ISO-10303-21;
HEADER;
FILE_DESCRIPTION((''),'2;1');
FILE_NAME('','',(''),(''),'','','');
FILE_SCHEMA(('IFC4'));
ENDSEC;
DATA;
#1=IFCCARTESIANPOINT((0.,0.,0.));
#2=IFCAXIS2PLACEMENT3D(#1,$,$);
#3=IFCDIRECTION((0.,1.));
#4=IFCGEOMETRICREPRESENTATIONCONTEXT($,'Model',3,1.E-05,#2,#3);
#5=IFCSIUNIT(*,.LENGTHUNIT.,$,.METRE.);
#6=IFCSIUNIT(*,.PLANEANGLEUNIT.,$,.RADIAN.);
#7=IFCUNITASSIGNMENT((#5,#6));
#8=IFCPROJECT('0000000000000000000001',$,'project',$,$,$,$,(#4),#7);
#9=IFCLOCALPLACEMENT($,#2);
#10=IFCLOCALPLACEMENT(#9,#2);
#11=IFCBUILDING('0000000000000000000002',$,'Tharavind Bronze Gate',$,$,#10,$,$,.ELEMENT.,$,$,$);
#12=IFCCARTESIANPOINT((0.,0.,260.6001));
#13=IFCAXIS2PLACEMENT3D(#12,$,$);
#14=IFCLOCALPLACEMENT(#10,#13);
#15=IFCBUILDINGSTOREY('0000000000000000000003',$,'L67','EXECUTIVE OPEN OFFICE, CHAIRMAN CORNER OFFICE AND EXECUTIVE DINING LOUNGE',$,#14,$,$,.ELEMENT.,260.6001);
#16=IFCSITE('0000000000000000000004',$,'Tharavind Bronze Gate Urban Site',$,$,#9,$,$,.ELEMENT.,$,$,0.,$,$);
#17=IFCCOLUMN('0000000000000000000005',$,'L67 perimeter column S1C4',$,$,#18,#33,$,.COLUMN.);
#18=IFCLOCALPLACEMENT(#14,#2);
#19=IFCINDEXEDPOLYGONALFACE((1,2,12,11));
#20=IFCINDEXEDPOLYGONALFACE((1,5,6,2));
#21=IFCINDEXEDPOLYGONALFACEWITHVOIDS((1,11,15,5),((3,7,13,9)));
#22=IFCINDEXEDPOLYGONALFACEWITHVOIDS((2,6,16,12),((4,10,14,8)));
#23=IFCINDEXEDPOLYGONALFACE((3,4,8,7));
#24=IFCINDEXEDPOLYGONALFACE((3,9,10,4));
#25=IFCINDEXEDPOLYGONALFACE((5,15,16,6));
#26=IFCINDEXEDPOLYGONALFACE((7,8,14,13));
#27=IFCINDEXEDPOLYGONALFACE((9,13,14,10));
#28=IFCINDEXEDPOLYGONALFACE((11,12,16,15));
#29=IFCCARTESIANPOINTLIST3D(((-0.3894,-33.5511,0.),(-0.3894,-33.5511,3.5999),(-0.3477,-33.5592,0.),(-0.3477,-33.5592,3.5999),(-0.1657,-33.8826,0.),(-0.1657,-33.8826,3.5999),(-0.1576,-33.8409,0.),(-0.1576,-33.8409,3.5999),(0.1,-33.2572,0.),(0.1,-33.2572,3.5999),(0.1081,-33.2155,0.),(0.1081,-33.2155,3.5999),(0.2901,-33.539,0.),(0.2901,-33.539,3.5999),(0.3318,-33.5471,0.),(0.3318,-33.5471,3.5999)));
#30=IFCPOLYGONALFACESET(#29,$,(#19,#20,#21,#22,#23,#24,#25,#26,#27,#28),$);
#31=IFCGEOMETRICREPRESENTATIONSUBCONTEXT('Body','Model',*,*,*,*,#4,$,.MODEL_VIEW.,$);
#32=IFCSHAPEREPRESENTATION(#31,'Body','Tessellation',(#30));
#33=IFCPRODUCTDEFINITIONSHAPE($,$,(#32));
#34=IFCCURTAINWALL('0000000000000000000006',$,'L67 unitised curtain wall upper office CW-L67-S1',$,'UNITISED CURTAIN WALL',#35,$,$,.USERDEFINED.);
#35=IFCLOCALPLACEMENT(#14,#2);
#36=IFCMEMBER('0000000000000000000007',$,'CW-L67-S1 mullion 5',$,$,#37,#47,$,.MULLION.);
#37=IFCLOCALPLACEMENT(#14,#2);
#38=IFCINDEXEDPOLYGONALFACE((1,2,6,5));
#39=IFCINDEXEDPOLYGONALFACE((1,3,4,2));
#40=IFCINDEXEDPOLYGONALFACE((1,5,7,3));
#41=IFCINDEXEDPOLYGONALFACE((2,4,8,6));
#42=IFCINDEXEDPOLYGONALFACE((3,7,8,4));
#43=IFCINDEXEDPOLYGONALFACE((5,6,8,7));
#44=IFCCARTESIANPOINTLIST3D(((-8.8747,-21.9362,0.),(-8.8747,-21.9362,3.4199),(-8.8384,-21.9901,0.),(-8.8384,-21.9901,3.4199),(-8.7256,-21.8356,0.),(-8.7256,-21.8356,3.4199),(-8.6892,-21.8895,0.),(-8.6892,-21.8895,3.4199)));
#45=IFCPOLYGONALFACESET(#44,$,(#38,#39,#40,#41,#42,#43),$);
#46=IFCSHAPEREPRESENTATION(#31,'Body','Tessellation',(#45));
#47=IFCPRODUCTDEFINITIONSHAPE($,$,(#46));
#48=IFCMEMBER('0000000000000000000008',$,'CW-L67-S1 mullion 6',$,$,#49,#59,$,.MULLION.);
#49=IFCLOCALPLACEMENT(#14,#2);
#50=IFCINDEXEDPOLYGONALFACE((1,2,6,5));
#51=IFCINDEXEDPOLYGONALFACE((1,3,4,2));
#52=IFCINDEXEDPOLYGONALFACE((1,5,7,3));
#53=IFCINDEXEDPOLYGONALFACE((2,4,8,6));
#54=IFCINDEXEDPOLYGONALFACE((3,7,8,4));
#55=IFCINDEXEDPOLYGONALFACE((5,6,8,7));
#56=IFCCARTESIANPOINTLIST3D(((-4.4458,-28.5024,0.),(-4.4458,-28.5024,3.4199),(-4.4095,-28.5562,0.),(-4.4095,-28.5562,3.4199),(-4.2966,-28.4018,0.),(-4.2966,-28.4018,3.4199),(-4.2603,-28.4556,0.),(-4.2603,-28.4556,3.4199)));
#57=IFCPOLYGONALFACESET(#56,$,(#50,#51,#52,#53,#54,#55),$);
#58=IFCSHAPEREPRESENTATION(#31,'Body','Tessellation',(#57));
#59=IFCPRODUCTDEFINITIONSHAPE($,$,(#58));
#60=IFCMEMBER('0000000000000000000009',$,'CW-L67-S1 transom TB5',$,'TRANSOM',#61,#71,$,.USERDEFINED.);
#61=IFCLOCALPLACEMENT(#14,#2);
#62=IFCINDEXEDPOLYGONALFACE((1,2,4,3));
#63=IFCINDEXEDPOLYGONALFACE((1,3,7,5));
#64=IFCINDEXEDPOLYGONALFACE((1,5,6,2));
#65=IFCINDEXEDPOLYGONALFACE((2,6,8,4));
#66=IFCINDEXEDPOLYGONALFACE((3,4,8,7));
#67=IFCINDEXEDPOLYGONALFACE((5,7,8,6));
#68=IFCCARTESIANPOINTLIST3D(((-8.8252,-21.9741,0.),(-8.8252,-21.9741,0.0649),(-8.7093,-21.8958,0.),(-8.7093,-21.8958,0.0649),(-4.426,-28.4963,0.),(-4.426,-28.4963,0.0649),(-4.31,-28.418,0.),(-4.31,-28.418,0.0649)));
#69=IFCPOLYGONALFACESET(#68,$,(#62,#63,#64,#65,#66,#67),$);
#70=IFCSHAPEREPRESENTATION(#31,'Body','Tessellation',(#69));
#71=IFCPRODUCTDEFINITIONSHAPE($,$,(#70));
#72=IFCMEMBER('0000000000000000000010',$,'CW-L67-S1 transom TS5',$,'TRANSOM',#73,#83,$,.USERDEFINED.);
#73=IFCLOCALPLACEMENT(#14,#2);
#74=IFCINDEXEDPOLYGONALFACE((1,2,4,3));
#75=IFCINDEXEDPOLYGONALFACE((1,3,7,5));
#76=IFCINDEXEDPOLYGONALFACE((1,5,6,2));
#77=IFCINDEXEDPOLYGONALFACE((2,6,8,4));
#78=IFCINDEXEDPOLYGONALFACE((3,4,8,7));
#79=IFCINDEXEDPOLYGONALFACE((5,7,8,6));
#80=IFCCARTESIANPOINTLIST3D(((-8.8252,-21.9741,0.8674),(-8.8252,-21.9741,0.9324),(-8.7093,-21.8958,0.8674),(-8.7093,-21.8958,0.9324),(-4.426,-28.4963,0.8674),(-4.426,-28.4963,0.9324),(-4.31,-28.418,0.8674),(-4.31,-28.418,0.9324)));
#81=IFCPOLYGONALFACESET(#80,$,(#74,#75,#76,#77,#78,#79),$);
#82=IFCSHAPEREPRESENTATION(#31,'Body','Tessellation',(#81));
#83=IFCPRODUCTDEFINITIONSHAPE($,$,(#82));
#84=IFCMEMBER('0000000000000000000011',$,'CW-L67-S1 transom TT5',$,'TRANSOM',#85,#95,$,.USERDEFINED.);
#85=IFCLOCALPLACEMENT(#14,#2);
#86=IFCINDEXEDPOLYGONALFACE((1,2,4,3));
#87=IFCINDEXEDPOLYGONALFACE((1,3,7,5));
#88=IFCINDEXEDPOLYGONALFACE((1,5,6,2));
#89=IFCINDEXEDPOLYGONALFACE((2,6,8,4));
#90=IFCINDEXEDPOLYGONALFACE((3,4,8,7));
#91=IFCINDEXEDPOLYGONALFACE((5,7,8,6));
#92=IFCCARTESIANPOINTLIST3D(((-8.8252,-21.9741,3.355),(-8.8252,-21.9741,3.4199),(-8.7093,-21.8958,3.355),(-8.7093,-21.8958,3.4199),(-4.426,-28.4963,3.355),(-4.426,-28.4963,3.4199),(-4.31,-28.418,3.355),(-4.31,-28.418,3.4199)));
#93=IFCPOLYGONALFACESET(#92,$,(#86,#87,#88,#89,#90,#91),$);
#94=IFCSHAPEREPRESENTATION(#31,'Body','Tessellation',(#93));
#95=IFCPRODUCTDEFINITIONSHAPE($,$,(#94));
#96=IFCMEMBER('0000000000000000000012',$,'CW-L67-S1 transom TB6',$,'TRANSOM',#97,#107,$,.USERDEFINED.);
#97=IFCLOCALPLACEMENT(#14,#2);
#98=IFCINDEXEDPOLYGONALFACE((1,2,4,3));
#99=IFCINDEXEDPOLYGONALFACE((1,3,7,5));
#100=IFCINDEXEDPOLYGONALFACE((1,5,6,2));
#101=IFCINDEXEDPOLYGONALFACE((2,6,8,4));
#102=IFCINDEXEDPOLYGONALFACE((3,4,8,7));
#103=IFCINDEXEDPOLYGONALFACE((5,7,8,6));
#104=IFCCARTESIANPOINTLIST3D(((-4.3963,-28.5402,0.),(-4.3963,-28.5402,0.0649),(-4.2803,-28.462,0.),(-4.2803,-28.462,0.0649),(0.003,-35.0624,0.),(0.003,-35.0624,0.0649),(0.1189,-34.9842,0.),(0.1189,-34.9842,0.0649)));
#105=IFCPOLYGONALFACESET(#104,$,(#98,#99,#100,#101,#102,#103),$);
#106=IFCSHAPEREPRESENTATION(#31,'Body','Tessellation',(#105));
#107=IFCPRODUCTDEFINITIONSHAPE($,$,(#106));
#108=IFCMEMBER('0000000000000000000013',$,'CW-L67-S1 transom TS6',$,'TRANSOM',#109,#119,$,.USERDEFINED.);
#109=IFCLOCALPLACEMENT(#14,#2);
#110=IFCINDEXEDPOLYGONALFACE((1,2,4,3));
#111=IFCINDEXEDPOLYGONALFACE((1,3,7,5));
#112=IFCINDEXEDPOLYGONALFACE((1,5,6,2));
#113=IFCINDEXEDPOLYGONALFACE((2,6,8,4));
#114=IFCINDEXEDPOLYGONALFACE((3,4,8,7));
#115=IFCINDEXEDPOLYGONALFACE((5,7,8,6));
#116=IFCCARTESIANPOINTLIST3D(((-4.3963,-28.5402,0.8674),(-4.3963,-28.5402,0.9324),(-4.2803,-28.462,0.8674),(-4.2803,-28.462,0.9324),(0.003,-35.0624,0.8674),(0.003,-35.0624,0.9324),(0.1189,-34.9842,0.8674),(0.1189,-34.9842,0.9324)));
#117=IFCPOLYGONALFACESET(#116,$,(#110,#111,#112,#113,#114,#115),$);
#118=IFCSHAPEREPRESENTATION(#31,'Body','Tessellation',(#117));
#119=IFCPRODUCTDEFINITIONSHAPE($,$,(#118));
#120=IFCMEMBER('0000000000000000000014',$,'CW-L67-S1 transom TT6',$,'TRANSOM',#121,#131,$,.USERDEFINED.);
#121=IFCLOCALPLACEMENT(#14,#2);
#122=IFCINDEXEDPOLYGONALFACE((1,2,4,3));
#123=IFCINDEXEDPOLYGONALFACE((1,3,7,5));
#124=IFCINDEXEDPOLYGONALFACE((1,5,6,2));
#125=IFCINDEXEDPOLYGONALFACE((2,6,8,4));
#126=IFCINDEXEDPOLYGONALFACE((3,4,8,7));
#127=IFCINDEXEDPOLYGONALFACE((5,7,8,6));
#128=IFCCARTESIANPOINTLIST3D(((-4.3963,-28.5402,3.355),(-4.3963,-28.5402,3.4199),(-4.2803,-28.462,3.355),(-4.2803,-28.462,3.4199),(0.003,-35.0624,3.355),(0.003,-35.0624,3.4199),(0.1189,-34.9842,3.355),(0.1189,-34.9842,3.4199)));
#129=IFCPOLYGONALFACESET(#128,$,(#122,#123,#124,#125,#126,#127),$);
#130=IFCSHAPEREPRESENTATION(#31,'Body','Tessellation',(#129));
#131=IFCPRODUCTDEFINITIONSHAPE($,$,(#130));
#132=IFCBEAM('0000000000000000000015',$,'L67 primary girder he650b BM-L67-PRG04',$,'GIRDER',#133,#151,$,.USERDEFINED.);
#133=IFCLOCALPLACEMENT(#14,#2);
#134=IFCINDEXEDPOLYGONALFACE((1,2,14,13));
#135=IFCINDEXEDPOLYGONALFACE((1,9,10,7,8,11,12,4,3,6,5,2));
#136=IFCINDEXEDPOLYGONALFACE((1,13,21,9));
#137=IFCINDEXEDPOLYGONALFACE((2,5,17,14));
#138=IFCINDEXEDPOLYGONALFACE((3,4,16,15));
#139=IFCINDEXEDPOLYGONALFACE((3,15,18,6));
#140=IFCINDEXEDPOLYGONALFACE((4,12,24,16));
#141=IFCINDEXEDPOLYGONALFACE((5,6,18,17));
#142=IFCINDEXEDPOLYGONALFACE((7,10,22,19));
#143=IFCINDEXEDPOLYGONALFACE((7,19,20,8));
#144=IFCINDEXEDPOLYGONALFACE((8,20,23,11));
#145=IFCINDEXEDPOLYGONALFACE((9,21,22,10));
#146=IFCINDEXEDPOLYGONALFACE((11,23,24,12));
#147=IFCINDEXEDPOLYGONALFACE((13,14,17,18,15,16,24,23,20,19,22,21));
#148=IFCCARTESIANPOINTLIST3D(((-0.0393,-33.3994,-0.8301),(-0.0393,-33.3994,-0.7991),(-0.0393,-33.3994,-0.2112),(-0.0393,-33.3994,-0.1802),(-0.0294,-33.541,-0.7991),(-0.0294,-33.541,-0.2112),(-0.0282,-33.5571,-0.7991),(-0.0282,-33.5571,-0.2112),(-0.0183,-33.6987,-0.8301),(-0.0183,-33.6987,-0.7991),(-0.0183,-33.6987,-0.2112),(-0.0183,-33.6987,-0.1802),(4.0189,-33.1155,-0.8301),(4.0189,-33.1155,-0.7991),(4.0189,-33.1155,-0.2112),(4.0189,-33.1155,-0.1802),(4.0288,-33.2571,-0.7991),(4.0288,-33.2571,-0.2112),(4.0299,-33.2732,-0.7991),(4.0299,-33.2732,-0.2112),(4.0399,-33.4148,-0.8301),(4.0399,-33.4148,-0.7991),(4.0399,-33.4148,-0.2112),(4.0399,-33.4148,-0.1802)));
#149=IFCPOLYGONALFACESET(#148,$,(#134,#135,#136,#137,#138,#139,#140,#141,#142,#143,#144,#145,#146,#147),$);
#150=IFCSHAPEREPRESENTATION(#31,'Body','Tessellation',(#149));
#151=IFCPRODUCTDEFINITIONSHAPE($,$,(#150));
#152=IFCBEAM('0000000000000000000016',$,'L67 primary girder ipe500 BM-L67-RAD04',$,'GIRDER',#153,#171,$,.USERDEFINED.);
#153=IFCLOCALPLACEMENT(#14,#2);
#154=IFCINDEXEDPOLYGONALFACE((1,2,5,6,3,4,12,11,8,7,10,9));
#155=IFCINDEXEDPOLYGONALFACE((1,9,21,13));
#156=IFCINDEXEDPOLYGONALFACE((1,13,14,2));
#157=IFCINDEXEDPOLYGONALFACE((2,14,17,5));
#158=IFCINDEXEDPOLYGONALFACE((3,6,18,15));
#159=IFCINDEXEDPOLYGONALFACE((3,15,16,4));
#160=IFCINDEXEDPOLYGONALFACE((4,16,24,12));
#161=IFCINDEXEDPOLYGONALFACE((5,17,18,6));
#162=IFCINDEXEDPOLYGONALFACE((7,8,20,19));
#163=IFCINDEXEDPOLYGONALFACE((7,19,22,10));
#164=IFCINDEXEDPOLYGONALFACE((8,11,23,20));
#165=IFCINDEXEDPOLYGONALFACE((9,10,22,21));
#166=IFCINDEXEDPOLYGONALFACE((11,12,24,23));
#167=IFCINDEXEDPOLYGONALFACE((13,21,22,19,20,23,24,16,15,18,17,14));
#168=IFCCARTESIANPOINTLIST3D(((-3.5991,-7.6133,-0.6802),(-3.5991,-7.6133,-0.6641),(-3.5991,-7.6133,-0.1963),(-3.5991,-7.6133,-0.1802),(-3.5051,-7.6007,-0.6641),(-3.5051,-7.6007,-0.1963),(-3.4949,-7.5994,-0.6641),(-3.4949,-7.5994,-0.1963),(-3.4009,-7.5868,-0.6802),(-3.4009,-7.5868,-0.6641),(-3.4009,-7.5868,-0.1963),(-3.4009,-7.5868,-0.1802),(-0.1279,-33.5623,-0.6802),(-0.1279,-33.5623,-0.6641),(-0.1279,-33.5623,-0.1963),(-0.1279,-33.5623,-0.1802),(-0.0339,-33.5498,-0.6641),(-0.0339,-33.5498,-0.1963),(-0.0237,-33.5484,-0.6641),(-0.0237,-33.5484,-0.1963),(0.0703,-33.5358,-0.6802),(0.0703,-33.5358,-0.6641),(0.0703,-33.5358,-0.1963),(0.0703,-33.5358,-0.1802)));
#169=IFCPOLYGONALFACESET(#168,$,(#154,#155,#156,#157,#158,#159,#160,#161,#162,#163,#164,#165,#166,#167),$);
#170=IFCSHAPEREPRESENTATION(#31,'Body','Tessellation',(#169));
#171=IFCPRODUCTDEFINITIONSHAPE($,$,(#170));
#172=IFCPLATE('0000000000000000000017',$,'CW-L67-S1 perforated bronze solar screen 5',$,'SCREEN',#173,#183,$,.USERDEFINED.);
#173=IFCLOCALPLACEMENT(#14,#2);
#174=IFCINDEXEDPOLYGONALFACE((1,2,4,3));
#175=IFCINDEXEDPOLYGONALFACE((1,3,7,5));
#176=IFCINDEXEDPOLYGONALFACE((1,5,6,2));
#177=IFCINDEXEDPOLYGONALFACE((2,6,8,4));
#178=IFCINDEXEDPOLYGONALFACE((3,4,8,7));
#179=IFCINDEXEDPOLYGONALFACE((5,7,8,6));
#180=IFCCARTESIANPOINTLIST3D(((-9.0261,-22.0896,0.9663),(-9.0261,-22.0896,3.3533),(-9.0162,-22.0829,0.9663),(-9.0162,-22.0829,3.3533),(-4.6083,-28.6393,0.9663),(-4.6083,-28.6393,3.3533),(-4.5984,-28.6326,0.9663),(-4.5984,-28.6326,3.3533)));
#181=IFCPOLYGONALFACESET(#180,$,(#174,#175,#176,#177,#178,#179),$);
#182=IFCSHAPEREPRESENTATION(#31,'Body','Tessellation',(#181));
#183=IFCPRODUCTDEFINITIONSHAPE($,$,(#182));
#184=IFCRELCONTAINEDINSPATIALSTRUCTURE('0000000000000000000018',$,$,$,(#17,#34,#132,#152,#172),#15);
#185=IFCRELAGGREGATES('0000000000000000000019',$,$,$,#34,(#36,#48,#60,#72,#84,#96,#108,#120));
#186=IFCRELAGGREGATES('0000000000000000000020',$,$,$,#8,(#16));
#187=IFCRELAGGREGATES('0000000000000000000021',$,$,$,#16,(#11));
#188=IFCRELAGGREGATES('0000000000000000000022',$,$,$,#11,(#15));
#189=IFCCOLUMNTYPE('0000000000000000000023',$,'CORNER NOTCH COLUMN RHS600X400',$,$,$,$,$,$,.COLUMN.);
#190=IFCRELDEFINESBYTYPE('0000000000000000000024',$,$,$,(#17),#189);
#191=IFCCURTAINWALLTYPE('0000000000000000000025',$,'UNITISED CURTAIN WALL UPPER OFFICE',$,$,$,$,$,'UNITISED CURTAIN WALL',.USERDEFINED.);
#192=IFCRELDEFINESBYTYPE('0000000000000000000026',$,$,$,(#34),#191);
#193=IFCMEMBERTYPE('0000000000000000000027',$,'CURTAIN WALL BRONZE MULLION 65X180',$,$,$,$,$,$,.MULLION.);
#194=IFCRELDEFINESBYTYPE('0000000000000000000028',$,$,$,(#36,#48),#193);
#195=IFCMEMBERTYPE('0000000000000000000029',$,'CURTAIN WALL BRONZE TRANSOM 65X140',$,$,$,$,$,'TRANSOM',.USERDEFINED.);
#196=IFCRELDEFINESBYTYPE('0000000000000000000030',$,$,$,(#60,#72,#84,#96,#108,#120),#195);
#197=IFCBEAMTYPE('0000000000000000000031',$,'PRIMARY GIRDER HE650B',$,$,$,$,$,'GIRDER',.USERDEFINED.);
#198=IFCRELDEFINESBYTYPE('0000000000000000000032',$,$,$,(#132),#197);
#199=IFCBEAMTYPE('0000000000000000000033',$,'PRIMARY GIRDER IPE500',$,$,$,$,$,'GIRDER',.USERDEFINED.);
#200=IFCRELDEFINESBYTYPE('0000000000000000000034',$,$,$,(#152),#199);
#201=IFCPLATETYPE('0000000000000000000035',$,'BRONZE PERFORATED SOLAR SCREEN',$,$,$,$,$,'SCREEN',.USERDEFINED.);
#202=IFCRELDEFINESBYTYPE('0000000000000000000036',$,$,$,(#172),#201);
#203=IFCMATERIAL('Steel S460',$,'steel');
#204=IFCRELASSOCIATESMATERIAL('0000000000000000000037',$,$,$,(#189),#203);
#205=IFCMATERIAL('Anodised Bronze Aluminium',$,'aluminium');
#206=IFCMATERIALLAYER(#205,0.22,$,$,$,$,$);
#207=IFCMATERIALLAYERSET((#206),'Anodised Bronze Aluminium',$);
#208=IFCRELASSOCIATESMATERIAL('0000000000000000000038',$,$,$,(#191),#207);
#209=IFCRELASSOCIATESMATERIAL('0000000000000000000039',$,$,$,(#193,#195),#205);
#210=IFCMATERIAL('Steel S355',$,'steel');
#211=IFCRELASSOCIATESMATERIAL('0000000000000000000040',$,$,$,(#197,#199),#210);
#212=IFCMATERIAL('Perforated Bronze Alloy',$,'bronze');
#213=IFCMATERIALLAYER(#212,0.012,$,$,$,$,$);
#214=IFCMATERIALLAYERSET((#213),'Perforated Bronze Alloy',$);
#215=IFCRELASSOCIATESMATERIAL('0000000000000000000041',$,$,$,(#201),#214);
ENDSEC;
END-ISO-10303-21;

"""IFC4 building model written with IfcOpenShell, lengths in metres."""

from ifc_helpers import new_model, si_unit, direction, frame, origin, origin_2d, place, context, subcontext, project, spatial, rectangle, hollow_rectangle, i_section, extrude, material, layer, layer_set, material_profile, profile_set, type_object, element, aggregate, save


model = new_model("IFC4")

# Units and contexts
model_context = context("Model", 3, precision=1e-05, world=origin(), true_north=direction((0.0, 1.0)))
body_context = subcontext(model_context, "Body", "Model", "MODEL_VIEW")
ifc_project = project(units=[si_unit("LENGTHUNIT", "METRE"), si_unit("PLANEANGLEUNIT", "RADIAN")], contexts=[model_context])

# Site, building, storey
site_placement = place(None, origin())
site = spatial("IfcSite", under=ifc_project, at=site_placement, Name="Tharavind Bronze Gate Urban Site", CompositionType="ELEMENT", RefElevation=0.0)
building_placement = place(site_placement, origin())
building = spatial("IfcBuilding", under=site, at=building_placement, Name="Tharavind Bronze Gate", CompositionType="ELEMENT")
storey_placement = place(building_placement, frame((0.0, 0.0, 260.6001)))
storey = spatial("IfcBuildingStorey", under=building, at=storey_placement, Name="L67", Description="EXECUTIVE OPEN OFFICE, CHAIRMAN CORNER OFFICE AND EXECUTIVE DINING LOUNGE", CompositionType="ELEMENT", Elevation=260.6001)

# Column
ifc_material_1 = material(Name="Steel S460", Category="steel")
ifc_material_profile_1 = material_profile(ifc_material_1, hollow_rectangle(XDim=0.3999, YDim=0.6001, WallThickness=0.03, at=origin_2d()), Name="RHS600X400X30")
ifc_profile_set_1 = profile_set([ifc_material_profile_1], Name="Steel S460")
column_type = type_object("IfcColumnType", Name="CORNER NOTCH COLUMN RHS600X400", PredefinedType="COLUMN", material=ifc_profile_set_1)
column_placement = place(storey_placement, frame((-0.0288, -33.5491, 0.0), z_axis=(0.0, 0.0, 1.0), x_axis=(-0.559193, 0.829038, 0.0)))
element("IfcColumn", 1, at=column_placement, inside=storey, type_object=column_type, Name="L67 perimeter column S1C4", PredefinedType="COLUMN", context=body_context, shape_type="SweptSolid", body=[
    extrude(hollow_rectangle(XDim=0.3999, YDim=0.6001, WallThickness=0.03, at=origin_2d()), origin(), (0.0, 0.0, 1.0), 3.5999),
])

# Curtain wall, members
ifc_material_2 = material(Name="Anodised Bronze Aluminium", Category="aluminium")
ifc_layer_1 = layer(ifc_material_2, 0.22)
ifc_layer_set_1 = layer_set([ifc_layer_1], Name="Anodised Bronze Aluminium")
curtain_wall_type = type_object("IfcCurtainWallType", Name="UNITISED CURTAIN WALL UPPER OFFICE", ElementType="UNITISED CURTAIN WALL", PredefinedType="USERDEFINED", material=ifc_layer_set_1)
curtain_wall_placement = place(storey_placement, origin())
curtain_wall = element("IfcCurtainWall", 2, at=curtain_wall_placement, inside=storey, type_object=curtain_wall_type, Name="L67 unitised curtain wall upper office CW-L67-S1", ObjectType="UNITISED CURTAIN WALL", PredefinedType="USERDEFINED")
member_type_1 = type_object("IfcMemberType", Name="CURTAIN WALL BRONZE MULLION 65X180", PredefinedType="MULLION", material=ifc_material_2)
member_1_placement = place(storey_placement, frame((-8.782, -21.9128, 0.0), z_axis=(0.0, 0.0, 1.0), x_axis=(0.559191, -0.829039, 0.0)))
member_1 = element("IfcMember", 3, at=member_1_placement, type_object=member_type_1, Name="CW-L67-S1 mullion 5", PredefinedType="MULLION", context=body_context, shape_type="SweptSolid", body=[
    extrude(rectangle(XDim=0.0649, YDim=0.1799, at=origin_2d()), origin(), (0.0, 0.0, 1.0), 3.4199),
])
member_2_placement = place(storey_placement, frame((-4.353, -28.479, 0.0), z_axis=(0.0, 0.0, 1.0), x_axis=(0.559191, -0.829039, 0.0)))
member_2 = element("IfcMember", 4, at=member_2_placement, type_object=member_type_1, Name="CW-L67-S1 mullion 6", PredefinedType="MULLION", context=body_context, shape_type="SweptSolid", body=[
    extrude(rectangle(XDim=0.0649, YDim=0.1799, at=origin_2d()), origin(), (0.0, 0.0, 1.0), 3.4199),
])
member_type_2 = type_object("IfcMemberType", Name="CURTAIN WALL BRONZE TRANSOM 65X140", ElementType="TRANSOM", PredefinedType="USERDEFINED", material=ifc_material_2)
member_3_placement = place(storey_placement, frame((-6.5676, -25.196, 0.0), z_axis=(0.0, 0.0, 1.0), x_axis=(0.559191, -0.829039, 0.0)))
member_3 = element("IfcMember", 5, at=member_3_placement, type_object=member_type_2, Name="CW-L67-S1 transom TB5", ObjectType="TRANSOM", PredefinedType="USERDEFINED", context=body_context, shape_type="SweptSolid", body=[
    extrude(rectangle(XDim=7.8672, YDim=0.1399, at=origin_2d()), origin(), (0.0, 0.0, 1.0), 0.0649),
])
member_4_placement = place(storey_placement, frame((-6.5676, -25.196, 0.8674), z_axis=(0.0, 0.0, 1.0), x_axis=(0.559191, -0.829039, 0.0)))
member_4 = element("IfcMember", 6, at=member_4_placement, type_object=member_type_2, Name="CW-L67-S1 transom TS5", ObjectType="TRANSOM", PredefinedType="USERDEFINED", context=body_context, shape_type="SweptSolid", body=[
    extrude(rectangle(XDim=7.8672, YDim=0.1399, at=origin_2d()), origin(), (0.0, 0.0, 1.0), 0.0649),
])
member_5_placement = place(storey_placement, frame((-6.5676, -25.196, 3.355), z_axis=(0.0, 0.0, 1.0), x_axis=(0.559191, -0.829039, 0.0)))
member_5 = element("IfcMember", 7, at=member_5_placement, type_object=member_type_2, Name="CW-L67-S1 transom TT5", ObjectType="TRANSOM", PredefinedType="USERDEFINED", context=body_context, shape_type="SweptSolid", body=[
    extrude(rectangle(XDim=7.8672, YDim=0.1399, at=origin_2d()), origin(), (0.0, 0.0, 1.0), 0.0649),
])
member_6_placement = place(storey_placement, frame((-2.1387, -31.7622, 0.0), z_axis=(0.0, 0.0, 1.0), x_axis=(0.559191, -0.829039, 0.0)))
member_6 = element("IfcMember", 8, at=member_6_placement, type_object=member_type_2, Name="CW-L67-S1 transom TB6", ObjectType="TRANSOM", PredefinedType="USERDEFINED", context=body_context, shape_type="SweptSolid", body=[
    extrude(rectangle(XDim=7.8672, YDim=0.1399, at=origin_2d()), origin(), (0.0, 0.0, 1.0), 0.0649),
])
member_7_placement = place(storey_placement, frame((-2.1387, -31.7622, 0.8674), z_axis=(0.0, 0.0, 1.0), x_axis=(0.559191, -0.829039, 0.0)))
member_7 = element("IfcMember", 9, at=member_7_placement, type_object=member_type_2, Name="CW-L67-S1 transom TS6", ObjectType="TRANSOM", PredefinedType="USERDEFINED", context=body_context, shape_type="SweptSolid", body=[
    extrude(rectangle(XDim=7.8672, YDim=0.1399, at=origin_2d()), origin(), (0.0, 0.0, 1.0), 0.0649),
])
member_8_placement = place(storey_placement, frame((-2.1387, -31.7622, 3.355), z_axis=(0.0, 0.0, 1.0), x_axis=(0.559191, -0.829039, 0.0)))
member_8 = element("IfcMember", 10, at=member_8_placement, type_object=member_type_2, Name="CW-L67-S1 transom TT6", ObjectType="TRANSOM", PredefinedType="USERDEFINED", context=body_context, shape_type="SweptSolid", body=[
    extrude(rectangle(XDim=7.8672, YDim=0.1399, at=origin_2d()), origin(), (0.0, 0.0, 1.0), 0.0649),
])

# Beams
ifc_material_3 = material(Name="Steel S355", Category="steel")
ifc_material_profile_2 = material_profile(ifc_material_3, i_section(OverallWidth=0.3, OverallDepth=0.6499, WebThickness=0.0161, FlangeThickness=0.031, at=origin_2d()), Name="HE650B")
ifc_profile_set_2 = profile_set([ifc_material_profile_2], Name="Steel S355")
beam_type_1 = type_object("IfcBeamType", Name="PRIMARY GIRDER HE650B", ElementType="GIRDER", PredefinedType="USERDEFINED", material=ifc_profile_set_2)
beam_1_placement = place(storey_placement, frame((-0.0288, -33.5491, -0.5051), z_axis=(0.997561, 0.069797, 0.0), x_axis=(-0.069797, 0.997561, 0.0)))
element("IfcBeam", 11, at=beam_1_placement, inside=storey, type_object=beam_type_1, Name="L67 primary girder he650b BM-L67-PRG04", ObjectType="GIRDER", PredefinedType="USERDEFINED", context=body_context, shape_type="SweptSolid", body=[
    extrude(i_section(OverallWidth=0.3, OverallDepth=0.6499, WebThickness=0.0161, FlangeThickness=0.031, at=origin_2d()), origin(), (0.0, 0.0, 1.0), 4.0681),
])
ifc_material_profile_3 = material_profile(ifc_material_3, i_section(OverallWidth=0.2, OverallDepth=0.5, WebThickness=0.0103, FlangeThickness=0.0161, at=origin_2d()), Name="IPE500")
ifc_profile_set_3 = profile_set([ifc_material_profile_3], Name="Steel S355")
beam_type_2 = type_object("IfcBeamType", Name="PRIMARY GIRDER IPE500", ElementType="GIRDER", PredefinedType="USERDEFINED", material=ifc_profile_set_3)
beam_2_placement = place(storey_placement, frame((-0.0288, -33.5491, -0.4302), z_axis=(-0.132589, 0.991171, 0.0), x_axis=(-0.991171, -0.132589, 0.0)))
element("IfcBeam", 12, at=beam_2_placement, inside=storey, type_object=beam_type_2, Name="L67 primary girder ipe500 BM-L67-RAD04", ObjectType="GIRDER", PredefinedType="USERDEFINED", context=body_context, shape_type="SweptSolid", body=[
    extrude(i_section(OverallWidth=0.2, OverallDepth=0.5, WebThickness=0.0103, FlangeThickness=0.0161, at=origin_2d()), origin(), (0.0, 0.0, 1.0), 26.1802),
])

# Plate
ifc_material_4 = material(Name="Perforated Bronze Alloy", Category="bronze")
ifc_layer_2 = layer(ifc_material_4, 0.012)
ifc_layer_set_2 = layer_set([ifc_layer_2], Name="Perforated Bronze Alloy")
plate_type_1 = type_object("IfcPlateType", Name="BRONZE PERFORATED SOLAR SCREEN", ElementType="SCREEN", PredefinedType="USERDEFINED", material=ifc_layer_set_2)
plate_1_placement = place(storey_placement, frame((-6.8123, -25.3611, 0.9663), z_axis=(0.0, 0.0, 1.0), x_axis=(0.559191, -0.829039, 0.0)))
element("IfcPlate", 13, at=plate_1_placement, inside=storey, type_object=plate_type_1, Name="CW-L67-S1 perforated bronze solar screen 5", ObjectType="SCREEN", PredefinedType="USERDEFINED", context=body_context, shape_type="SweptSolid", body=[
    extrude(rectangle(XDim=7.9004, YDim=0.012, at=origin_2d()), origin(), (0.0, 0.0, 1.0), 2.387),
])
aggregate(curtain_wall, [member_1, member_2, member_3, member_4, member_5, member_6, member_7, member_8])

save(model, "model.ifc")
